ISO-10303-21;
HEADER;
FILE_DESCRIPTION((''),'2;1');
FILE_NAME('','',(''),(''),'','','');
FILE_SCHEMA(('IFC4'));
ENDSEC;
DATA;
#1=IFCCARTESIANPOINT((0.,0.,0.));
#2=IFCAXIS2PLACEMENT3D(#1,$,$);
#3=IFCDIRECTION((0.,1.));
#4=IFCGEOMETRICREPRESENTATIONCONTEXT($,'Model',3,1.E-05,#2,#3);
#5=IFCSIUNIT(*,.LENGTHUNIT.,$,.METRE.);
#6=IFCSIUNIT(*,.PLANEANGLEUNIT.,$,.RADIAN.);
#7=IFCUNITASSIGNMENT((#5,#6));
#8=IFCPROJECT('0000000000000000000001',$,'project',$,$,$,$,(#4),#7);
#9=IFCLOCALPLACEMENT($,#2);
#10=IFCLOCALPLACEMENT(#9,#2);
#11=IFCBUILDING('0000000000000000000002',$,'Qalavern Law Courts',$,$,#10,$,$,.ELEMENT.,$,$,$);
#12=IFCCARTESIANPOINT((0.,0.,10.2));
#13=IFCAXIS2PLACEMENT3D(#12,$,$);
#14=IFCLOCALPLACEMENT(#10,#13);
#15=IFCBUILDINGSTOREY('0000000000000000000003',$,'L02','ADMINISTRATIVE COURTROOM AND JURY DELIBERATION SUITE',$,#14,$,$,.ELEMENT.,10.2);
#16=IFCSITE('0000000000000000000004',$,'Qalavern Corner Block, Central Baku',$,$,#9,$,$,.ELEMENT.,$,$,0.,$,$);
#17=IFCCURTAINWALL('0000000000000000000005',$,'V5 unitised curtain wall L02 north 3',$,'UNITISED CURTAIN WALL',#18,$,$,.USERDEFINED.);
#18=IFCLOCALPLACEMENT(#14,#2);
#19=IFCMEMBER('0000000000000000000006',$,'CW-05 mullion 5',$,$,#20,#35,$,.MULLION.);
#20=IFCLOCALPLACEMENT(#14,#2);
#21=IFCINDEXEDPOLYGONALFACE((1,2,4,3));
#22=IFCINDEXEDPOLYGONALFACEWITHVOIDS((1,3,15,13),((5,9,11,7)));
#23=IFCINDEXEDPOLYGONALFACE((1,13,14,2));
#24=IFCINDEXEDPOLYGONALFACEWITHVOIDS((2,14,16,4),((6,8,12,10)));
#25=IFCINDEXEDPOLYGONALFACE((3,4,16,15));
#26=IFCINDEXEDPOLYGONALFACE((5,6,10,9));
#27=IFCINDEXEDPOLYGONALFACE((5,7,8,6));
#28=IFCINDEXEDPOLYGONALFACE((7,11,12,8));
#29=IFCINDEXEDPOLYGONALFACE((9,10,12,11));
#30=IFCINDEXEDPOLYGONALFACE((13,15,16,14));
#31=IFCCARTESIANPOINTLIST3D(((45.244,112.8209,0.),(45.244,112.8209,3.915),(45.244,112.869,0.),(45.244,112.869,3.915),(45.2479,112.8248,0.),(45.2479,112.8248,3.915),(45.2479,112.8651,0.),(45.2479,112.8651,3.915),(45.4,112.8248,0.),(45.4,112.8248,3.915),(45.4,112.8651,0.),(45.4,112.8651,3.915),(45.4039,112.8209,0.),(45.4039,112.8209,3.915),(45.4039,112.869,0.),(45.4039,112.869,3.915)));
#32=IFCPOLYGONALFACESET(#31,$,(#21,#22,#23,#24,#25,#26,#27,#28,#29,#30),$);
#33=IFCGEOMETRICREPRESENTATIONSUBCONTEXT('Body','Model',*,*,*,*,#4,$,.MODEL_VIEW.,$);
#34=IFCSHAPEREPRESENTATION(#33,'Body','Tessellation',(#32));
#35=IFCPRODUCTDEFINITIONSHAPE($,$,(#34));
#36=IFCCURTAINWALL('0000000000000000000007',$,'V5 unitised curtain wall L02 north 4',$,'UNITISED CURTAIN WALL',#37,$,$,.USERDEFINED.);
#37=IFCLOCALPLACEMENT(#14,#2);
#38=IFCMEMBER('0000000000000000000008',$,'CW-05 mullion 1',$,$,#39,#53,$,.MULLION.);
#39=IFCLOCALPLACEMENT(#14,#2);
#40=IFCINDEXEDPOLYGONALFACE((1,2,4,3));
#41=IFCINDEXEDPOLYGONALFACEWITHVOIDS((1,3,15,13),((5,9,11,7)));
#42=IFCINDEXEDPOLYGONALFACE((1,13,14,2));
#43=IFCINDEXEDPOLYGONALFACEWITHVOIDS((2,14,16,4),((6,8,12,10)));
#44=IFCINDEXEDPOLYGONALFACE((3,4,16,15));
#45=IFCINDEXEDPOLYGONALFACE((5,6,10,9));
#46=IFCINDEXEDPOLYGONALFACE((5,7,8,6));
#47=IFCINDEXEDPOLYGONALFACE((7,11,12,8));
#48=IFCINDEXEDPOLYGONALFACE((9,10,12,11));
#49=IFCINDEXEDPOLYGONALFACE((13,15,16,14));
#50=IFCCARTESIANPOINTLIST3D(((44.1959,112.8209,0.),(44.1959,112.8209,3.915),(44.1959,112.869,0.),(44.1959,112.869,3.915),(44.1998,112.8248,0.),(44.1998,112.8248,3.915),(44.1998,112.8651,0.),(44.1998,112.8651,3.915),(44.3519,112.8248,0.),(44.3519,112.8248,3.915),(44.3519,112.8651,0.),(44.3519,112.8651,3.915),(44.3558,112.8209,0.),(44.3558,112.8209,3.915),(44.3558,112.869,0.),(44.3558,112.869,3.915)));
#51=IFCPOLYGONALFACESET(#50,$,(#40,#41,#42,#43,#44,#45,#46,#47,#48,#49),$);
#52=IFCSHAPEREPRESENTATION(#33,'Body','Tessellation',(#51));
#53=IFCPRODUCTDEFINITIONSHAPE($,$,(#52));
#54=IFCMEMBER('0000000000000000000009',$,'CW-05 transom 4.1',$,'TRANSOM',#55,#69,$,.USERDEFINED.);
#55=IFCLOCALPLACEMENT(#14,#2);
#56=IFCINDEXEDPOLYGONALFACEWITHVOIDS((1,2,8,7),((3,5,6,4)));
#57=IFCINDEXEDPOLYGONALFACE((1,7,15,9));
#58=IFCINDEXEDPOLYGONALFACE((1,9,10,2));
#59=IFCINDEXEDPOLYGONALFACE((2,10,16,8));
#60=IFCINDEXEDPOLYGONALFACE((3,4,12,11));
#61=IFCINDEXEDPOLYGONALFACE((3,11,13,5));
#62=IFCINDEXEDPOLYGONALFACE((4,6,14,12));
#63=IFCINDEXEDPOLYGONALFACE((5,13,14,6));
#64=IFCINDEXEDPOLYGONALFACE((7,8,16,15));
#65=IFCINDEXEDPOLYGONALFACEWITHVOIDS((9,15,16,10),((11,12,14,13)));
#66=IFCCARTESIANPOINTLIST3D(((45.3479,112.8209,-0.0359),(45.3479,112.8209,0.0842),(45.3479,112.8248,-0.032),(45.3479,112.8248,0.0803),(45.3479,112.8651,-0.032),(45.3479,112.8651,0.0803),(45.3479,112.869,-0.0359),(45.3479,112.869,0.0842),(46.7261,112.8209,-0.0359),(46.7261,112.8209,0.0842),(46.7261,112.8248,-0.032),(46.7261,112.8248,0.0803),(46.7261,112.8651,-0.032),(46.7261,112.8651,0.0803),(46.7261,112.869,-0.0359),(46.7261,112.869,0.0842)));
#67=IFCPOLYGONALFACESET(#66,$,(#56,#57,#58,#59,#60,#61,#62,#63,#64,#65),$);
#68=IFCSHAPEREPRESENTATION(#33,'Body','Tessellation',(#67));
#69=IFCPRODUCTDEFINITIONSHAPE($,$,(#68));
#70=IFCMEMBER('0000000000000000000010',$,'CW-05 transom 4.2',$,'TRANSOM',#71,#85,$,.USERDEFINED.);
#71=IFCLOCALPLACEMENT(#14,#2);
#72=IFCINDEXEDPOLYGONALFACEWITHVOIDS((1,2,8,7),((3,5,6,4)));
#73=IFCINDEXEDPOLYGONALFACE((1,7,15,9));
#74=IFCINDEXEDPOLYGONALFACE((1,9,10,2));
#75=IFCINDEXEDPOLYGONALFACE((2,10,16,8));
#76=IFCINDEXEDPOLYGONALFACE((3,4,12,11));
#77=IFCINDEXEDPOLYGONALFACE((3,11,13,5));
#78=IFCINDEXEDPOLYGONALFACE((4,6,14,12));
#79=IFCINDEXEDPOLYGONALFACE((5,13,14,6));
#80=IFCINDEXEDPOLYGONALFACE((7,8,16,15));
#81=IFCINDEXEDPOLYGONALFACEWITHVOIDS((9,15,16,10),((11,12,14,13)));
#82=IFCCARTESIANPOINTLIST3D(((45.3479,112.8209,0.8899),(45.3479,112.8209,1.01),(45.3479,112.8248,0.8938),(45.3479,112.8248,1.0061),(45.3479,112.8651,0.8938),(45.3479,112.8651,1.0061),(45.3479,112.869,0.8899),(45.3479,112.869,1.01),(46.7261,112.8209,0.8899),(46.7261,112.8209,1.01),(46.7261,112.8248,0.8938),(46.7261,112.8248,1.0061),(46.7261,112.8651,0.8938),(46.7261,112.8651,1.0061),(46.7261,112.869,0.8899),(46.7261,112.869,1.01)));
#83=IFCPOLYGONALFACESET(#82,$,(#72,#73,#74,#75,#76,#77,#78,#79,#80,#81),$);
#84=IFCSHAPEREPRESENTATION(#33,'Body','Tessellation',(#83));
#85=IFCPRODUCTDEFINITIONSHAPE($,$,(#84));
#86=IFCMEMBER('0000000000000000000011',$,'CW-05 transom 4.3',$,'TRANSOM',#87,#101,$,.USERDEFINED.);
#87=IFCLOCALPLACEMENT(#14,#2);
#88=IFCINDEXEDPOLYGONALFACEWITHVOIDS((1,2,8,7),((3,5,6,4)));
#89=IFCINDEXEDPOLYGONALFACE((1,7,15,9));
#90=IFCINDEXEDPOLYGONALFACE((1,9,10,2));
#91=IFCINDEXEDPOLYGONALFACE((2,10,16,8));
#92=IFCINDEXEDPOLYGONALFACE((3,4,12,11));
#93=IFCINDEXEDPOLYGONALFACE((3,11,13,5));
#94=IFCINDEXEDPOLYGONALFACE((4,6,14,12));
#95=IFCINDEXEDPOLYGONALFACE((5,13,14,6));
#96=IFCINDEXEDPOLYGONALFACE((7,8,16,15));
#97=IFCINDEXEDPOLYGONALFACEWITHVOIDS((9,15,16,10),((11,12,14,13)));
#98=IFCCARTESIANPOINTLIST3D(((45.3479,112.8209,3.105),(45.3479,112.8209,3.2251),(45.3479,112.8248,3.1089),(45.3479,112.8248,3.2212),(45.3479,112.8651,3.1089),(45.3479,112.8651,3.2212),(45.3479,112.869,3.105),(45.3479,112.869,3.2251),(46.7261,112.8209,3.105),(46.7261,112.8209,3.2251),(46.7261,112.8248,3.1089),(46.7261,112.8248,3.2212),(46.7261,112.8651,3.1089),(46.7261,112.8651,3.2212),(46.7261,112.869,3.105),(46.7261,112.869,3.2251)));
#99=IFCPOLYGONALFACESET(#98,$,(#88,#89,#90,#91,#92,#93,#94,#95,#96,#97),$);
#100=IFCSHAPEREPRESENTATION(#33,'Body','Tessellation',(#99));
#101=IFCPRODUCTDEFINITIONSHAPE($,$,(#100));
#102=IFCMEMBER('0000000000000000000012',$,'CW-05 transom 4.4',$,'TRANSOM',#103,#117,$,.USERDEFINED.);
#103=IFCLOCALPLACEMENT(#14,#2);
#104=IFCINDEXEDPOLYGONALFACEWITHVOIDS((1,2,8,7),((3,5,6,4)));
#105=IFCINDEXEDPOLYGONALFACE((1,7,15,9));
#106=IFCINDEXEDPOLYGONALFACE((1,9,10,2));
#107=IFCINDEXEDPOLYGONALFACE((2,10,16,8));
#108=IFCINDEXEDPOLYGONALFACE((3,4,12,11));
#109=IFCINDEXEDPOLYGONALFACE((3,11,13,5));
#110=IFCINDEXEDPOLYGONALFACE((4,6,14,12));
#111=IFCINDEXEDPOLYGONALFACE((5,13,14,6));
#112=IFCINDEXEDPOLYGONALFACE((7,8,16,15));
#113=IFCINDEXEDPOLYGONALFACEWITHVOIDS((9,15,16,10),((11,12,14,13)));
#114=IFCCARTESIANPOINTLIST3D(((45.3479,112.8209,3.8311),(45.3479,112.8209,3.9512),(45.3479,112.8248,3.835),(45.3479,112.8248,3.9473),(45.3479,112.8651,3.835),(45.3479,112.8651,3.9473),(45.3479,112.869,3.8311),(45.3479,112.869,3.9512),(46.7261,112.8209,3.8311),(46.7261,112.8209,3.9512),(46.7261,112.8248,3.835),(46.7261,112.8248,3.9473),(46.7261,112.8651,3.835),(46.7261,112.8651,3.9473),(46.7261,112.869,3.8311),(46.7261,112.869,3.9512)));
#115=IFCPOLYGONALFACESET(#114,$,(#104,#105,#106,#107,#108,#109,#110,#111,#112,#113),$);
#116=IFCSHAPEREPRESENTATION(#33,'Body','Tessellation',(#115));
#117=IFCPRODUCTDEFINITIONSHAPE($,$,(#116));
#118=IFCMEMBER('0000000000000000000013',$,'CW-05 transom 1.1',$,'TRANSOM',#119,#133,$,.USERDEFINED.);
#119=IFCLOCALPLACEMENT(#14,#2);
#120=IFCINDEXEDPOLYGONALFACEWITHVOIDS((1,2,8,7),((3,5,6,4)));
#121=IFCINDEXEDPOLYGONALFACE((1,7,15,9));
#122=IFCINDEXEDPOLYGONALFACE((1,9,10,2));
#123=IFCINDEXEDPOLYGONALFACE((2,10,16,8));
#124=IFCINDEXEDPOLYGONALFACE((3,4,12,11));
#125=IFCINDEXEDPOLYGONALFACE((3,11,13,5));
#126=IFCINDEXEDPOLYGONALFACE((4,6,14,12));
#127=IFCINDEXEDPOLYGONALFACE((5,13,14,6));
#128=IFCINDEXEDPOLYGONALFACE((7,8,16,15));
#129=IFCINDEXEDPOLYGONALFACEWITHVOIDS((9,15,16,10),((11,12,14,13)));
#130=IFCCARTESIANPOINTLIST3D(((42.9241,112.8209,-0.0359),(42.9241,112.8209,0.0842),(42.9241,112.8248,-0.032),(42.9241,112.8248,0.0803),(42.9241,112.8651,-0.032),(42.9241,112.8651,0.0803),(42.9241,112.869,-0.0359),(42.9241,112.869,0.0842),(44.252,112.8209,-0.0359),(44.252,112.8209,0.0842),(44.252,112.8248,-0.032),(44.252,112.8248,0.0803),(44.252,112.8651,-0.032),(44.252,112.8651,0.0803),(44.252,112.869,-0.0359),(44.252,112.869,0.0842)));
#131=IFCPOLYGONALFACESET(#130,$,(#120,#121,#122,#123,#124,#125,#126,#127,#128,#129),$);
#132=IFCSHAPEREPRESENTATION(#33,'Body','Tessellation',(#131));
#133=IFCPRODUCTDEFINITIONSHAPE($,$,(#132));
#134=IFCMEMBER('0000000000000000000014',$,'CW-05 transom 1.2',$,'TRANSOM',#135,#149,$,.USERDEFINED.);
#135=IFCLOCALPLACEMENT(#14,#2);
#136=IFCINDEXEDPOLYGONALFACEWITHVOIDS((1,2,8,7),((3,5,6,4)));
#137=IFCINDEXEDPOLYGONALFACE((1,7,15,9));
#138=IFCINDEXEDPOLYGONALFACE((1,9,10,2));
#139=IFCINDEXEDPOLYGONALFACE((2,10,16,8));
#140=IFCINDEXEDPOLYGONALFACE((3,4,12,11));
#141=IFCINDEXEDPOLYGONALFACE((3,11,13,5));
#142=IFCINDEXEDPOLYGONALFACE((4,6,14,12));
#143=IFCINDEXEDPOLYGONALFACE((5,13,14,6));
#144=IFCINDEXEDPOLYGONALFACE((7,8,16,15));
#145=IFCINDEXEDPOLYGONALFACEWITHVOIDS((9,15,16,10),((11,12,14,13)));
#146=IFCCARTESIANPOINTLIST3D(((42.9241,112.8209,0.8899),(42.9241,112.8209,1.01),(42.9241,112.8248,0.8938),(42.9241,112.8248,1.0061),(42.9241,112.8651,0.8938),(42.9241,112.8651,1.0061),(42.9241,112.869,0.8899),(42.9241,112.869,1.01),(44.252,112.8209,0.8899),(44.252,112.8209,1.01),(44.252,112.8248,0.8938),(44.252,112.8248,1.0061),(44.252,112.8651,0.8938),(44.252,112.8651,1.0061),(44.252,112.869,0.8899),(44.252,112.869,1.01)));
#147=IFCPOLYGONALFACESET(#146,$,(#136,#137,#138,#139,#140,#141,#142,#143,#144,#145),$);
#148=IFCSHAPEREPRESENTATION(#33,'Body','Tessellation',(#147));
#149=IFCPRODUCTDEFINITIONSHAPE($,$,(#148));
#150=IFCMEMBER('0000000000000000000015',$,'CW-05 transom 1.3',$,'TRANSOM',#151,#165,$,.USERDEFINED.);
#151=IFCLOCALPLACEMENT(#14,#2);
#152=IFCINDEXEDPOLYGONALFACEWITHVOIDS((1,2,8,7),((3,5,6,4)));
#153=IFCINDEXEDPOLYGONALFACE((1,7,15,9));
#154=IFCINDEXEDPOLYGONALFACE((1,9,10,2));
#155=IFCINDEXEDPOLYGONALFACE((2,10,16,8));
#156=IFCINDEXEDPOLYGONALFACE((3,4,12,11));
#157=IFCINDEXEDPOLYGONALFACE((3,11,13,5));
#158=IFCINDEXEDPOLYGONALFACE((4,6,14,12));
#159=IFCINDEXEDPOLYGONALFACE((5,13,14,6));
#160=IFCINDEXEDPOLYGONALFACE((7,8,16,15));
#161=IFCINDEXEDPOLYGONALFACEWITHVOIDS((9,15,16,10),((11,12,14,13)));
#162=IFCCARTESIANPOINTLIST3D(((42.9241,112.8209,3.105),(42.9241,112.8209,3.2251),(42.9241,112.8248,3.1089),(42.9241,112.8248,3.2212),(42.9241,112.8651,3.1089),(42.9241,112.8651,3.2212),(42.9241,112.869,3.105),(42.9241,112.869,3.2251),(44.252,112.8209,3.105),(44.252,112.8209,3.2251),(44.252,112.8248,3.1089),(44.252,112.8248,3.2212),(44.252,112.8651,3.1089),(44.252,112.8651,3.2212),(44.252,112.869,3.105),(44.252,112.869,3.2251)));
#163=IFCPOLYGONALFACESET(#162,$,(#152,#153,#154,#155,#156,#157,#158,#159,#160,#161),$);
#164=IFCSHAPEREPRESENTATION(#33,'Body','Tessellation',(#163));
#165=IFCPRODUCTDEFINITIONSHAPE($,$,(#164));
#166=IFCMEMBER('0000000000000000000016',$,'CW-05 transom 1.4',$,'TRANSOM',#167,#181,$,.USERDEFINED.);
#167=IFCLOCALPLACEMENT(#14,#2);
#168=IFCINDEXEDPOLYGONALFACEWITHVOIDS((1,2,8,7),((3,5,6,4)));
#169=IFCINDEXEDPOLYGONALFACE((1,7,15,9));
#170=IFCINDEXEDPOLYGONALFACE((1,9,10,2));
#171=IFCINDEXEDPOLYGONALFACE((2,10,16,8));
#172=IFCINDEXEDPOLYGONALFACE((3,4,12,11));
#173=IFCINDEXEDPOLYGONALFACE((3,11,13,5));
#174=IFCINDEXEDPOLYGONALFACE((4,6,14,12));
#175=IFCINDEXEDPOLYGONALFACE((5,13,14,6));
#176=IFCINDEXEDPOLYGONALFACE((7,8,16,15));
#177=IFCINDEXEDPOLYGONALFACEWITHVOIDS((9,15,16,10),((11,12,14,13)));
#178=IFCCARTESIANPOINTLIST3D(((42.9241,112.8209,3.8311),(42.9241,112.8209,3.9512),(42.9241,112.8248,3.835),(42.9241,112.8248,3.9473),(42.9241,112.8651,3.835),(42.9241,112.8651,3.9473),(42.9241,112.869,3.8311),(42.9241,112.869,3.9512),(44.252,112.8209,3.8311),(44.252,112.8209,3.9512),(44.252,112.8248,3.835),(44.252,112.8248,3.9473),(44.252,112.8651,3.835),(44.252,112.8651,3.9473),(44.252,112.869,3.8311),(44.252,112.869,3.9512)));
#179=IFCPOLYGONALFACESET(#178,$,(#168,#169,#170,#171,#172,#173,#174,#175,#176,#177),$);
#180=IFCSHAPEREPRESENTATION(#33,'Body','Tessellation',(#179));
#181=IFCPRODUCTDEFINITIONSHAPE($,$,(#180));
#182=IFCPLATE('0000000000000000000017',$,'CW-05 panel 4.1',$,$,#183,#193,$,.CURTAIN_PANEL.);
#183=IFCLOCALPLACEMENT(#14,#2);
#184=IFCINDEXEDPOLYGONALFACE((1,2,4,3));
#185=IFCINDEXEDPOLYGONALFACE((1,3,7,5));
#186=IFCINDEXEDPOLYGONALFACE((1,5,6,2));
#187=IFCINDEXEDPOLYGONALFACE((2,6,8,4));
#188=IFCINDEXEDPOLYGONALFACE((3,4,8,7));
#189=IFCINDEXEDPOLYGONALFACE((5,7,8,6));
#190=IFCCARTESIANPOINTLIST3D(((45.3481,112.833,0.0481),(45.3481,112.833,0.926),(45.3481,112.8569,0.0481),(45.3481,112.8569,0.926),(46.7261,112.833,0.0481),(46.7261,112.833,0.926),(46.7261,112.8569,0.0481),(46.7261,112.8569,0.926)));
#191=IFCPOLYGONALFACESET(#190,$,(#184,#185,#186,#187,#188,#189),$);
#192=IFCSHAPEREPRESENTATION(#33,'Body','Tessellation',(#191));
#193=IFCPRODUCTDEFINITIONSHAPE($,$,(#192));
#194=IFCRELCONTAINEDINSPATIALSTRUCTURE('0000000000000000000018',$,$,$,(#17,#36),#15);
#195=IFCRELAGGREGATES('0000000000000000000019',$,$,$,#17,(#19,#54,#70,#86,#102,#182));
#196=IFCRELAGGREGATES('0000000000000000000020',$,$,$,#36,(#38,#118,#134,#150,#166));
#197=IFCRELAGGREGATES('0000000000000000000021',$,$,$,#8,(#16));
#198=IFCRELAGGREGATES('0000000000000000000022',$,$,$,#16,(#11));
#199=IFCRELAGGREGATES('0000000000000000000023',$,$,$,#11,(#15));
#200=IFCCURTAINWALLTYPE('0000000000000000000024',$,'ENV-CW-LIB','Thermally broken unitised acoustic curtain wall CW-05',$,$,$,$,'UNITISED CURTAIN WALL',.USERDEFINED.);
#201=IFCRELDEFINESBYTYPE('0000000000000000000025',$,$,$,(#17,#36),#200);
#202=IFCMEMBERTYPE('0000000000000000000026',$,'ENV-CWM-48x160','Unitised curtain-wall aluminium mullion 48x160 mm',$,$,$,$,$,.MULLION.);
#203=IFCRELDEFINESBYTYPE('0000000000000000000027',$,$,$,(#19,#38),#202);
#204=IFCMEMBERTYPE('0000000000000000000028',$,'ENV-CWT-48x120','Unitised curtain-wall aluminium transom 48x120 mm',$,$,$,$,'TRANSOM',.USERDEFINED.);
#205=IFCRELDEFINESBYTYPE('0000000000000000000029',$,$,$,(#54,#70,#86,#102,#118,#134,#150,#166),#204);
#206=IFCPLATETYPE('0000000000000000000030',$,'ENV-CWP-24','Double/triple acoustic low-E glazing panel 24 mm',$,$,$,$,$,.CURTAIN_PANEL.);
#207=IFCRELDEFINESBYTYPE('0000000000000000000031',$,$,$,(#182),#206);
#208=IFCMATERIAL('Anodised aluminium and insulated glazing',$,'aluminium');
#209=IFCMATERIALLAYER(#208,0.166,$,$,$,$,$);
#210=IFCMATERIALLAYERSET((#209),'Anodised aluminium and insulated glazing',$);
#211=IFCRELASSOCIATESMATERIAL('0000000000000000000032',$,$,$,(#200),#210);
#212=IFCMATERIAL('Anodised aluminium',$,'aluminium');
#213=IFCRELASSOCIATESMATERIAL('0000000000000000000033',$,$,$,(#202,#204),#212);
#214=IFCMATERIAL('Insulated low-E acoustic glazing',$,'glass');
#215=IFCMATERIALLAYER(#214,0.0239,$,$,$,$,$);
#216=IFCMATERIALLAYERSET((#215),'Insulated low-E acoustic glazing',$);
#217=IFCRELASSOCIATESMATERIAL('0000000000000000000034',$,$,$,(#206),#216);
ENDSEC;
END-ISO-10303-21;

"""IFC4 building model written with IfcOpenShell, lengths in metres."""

from ifc_helpers import new_model, si_unit, direction, frame, origin, origin_2d, place, context, subcontext, project, spatial, rectangle, hollow_rectangle, extrude, material, layer, layer_set, material_profile, profile_set, type_object, element, aggregate, save


model = new_model("IFC4")

# Units and contexts
model_context = context("Model", 3, precision=1e-05, world=origin(), true_north=direction((0.0, 1.0)))
body_context = subcontext(model_context, "Body", "Model", "MODEL_VIEW")
ifc_project = project(units=[si_unit("LENGTHUNIT", "METRE"), si_unit("PLANEANGLEUNIT", "RADIAN")], contexts=[model_context])

# Site, building, storey
site_placement = place(None, origin())
site = spatial("IfcSite", under=ifc_project, at=site_placement, Name="Qalavern Corner Block, Central Baku", CompositionType="ELEMENT", RefElevation=0.0)
building_placement = place(site_placement, origin())
building = spatial("IfcBuilding", under=site, at=building_placement, Name="Qalavern Law Courts", CompositionType="ELEMENT")
storey_placement = place(building_placement, frame((0.0, 0.0, 10.2)))
storey = spatial("IfcBuildingStorey", under=building, at=storey_placement, Name="L02", Description="ADMINISTRATIVE COURTROOM AND JURY DELIBERATION SUITE", CompositionType="ELEMENT", Elevation=10.2)

# Curtain walls, members
ifc_material_1 = material(Name="Anodised aluminium and insulated glazing", Category="aluminium")
ifc_layer_1 = layer(ifc_material_1, 0.166)
ifc_layer_set_1 = layer_set([ifc_layer_1], Name="Anodised aluminium and insulated glazing")
curtain_wall_type = type_object("IfcCurtainWallType", Name="ENV-CW-LIB", Description="Thermally broken unitised acoustic curtain wall CW-05", ElementType="UNITISED CURTAIN WALL", PredefinedType="USERDEFINED", material=ifc_layer_set_1)
curtain_wall_1_placement = place(storey_placement, origin())
curtain_wall_1 = element("IfcCurtainWall", 1, at=curtain_wall_1_placement, inside=storey, type_object=curtain_wall_type, Name="V5 unitised curtain wall L02 north 3", ObjectType="UNITISED CURTAIN WALL", PredefinedType="USERDEFINED")
ifc_material_2 = material(Name="Anodised aluminium", Category="aluminium")
ifc_material_profile_1 = material_profile(ifc_material_2, hollow_rectangle(XDim=0.0481, YDim=0.1599, WallThickness=0.0039, at=origin_2d()), Name="ALU MULLION 48x160")
ifc_profile_set_1 = profile_set([ifc_material_profile_1], Name="Anodised aluminium")
member_type_1 = type_object("IfcMemberType", Name="ENV-CWM-48x160", Description="Unitised curtain-wall aluminium mullion 48x160 mm", PredefinedType="MULLION", material=ifc_profile_set_1)
member_1_placement = place(storey_placement, frame((45.324, 112.845, 0.0), z_axis=(0.0, 0.0, 1.0), x_axis=(0.0, -1.0, 0.0)))
member_1 = element("IfcMember", 2, at=member_1_placement, type_object=member_type_1, Name="CW-05 mullion 5", PredefinedType="MULLION", context=body_context, shape_type="SweptSolid", body=[
    extrude(hollow_rectangle(XDim=0.0481, YDim=0.1599, WallThickness=0.0039, at=origin_2d()), origin(), (0.0, 0.0, 1.0), 3.915),
])
curtain_wall_2_placement = place(storey_placement, origin())
curtain_wall_2 = element("IfcCurtainWall", 3, at=curtain_wall_2_placement, inside=storey, type_object=curtain_wall_type, Name="V5 unitised curtain wall L02 north 4", ObjectType="UNITISED CURTAIN WALL", PredefinedType="USERDEFINED")
member_2_placement = place(storey_placement, frame((44.2759, 112.845, 0.0), z_axis=(0.0, 0.0, 1.0), x_axis=(0.0, -1.0, 0.0)))
member_2 = element("IfcMember", 4, at=member_2_placement, type_object=member_type_1, Name="CW-05 mullion 1", PredefinedType="MULLION", context=body_context, shape_type="SweptSolid", body=[
    extrude(hollow_rectangle(XDim=0.0481, YDim=0.1599, WallThickness=0.0039, at=origin_2d()), origin(), (0.0, 0.0, 1.0), 3.915),
])

# Members
ifc_material_profile_2 = material_profile(ifc_material_2, hollow_rectangle(XDim=0.0481, YDim=0.1201, WallThickness=0.0039, at=origin_2d()), Name="ALU TRANSOM 48x120")
ifc_profile_set_2 = profile_set([ifc_material_profile_2], Name="Anodised aluminium")
member_type_2 = type_object("IfcMemberType", Name="ENV-CWT-48x120", Description="Unitised curtain-wall aluminium transom 48x120 mm", ElementType="TRANSOM", PredefinedType="USERDEFINED", material=ifc_profile_set_2)
member_3_placement = place(storey_placement, frame((46.7261, 112.845, 0.0242), z_axis=(-1.0, 0.0, 0.0), x_axis=(0.0, -1.0, 0.0)))
member_3 = element("IfcMember", 5, at=member_3_placement, type_object=member_type_2, Name="CW-05 transom 4.1", ObjectType="TRANSOM", PredefinedType="USERDEFINED", context=body_context, shape_type="SweptSolid", body=[
    extrude(hollow_rectangle(XDim=0.0481, YDim=0.1201, WallThickness=0.0039, at=origin_2d()), origin(), (0.0, 0.0, 1.0), 1.3782),
])
member_4_placement = place(storey_placement, frame((46.7261, 112.845, 0.95), z_axis=(-1.0, 0.0, 0.0), x_axis=(0.0, -1.0, 0.0)))
member_4 = element("IfcMember", 6, at=member_4_placement, type_object=member_type_2, Name="CW-05 transom 4.2", ObjectType="TRANSOM", PredefinedType="USERDEFINED", context=body_context, shape_type="SweptSolid", body=[
    extrude(hollow_rectangle(XDim=0.0481, YDim=0.1201, WallThickness=0.0039, at=origin_2d()), origin(), (0.0, 0.0, 1.0), 1.3782),
])
member_5_placement = place(storey_placement, frame((46.7261, 112.845, 3.165), z_axis=(-1.0, 0.0, 0.0), x_axis=(0.0, -1.0, 0.0)))
member_5 = element("IfcMember", 7, at=member_5_placement, type_object=member_type_2, Name="CW-05 transom 4.3", ObjectType="TRANSOM", PredefinedType="USERDEFINED", context=body_context, shape_type="SweptSolid", body=[
    extrude(hollow_rectangle(XDim=0.0481, YDim=0.1201, WallThickness=0.0039, at=origin_2d()), origin(), (0.0, 0.0, 1.0), 1.3782),
])
member_6_placement = place(storey_placement, frame((46.7261, 112.845, 3.8911), z_axis=(-1.0, 0.0, 0.0), x_axis=(0.0, -1.0, 0.0)))
member_6 = element("IfcMember", 8, at=member_6_placement, type_object=member_type_2, Name="CW-05 transom 4.4", ObjectType="TRANSOM", PredefinedType="USERDEFINED", context=body_context, shape_type="SweptSolid", body=[
    extrude(hollow_rectangle(XDim=0.0481, YDim=0.1201, WallThickness=0.0039, at=origin_2d()), origin(), (0.0, 0.0, 1.0), 1.3782),
])
member_7_placement = place(storey_placement, frame((44.252, 112.845, 0.0242), z_axis=(-1.0, 0.0, 0.0), x_axis=(0.0, -1.0, 0.0)))
member_7 = element("IfcMember", 9, at=member_7_placement, type_object=member_type_2, Name="CW-05 transom 1.1", ObjectType="TRANSOM", PredefinedType="USERDEFINED", context=body_context, shape_type="SweptSolid", body=[
    extrude(hollow_rectangle(XDim=0.0481, YDim=0.1201, WallThickness=0.0039, at=origin_2d()), origin(), (0.0, 0.0, 1.0), 1.3279),
])
member_8_placement = place(storey_placement, frame((44.252, 112.845, 0.95), z_axis=(-1.0, 0.0, 0.0), x_axis=(0.0, -1.0, 0.0)))
member_8 = element("IfcMember", 10, at=member_8_placement, type_object=member_type_2, Name="CW-05 transom 1.2", ObjectType="TRANSOM", PredefinedType="USERDEFINED", context=body_context, shape_type="SweptSolid", body=[
    extrude(hollow_rectangle(XDim=0.0481, YDim=0.1201, WallThickness=0.0039, at=origin_2d()), origin(), (0.0, 0.0, 1.0), 1.3279),
])
member_9_placement = place(storey_placement, frame((44.252, 112.845, 3.165), z_axis=(-1.0, 0.0, 0.0), x_axis=(0.0, -1.0, 0.0)))
member_9 = element("IfcMember", 11, at=member_9_placement, type_object=member_type_2, Name="CW-05 transom 1.3", ObjectType="TRANSOM", PredefinedType="USERDEFINED", context=body_context, shape_type="SweptSolid", body=[
    extrude(hollow_rectangle(XDim=0.0481, YDim=0.1201, WallThickness=0.0039, at=origin_2d()), origin(), (0.0, 0.0, 1.0), 1.3279),
])
member_10_placement = place(storey_placement, frame((44.252, 112.845, 3.8911), z_axis=(-1.0, 0.0, 0.0), x_axis=(0.0, -1.0, 0.0)))
member_10 = element("IfcMember", 12, at=member_10_placement, type_object=member_type_2, Name="CW-05 transom 1.4", ObjectType="TRANSOM", PredefinedType="USERDEFINED", context=body_context, shape_type="SweptSolid", body=[
    extrude(hollow_rectangle(XDim=0.0481, YDim=0.1201, WallThickness=0.0039, at=origin_2d()), origin(), (0.0, 0.0, 1.0), 1.3279),
])

# Plate
ifc_material_3 = material(Name="Insulated low-E acoustic glazing", Category="glass")
ifc_layer_2 = layer(ifc_material_3, 0.0239)
ifc_layer_set_2 = layer_set([ifc_layer_2], Name="Insulated low-E acoustic glazing")
plate_type_1 = type_object("IfcPlateType", Name="ENV-CWP-24", Description="Double/triple acoustic low-E glazing panel 24 mm", PredefinedType="CURTAIN_PANEL", material=ifc_layer_set_2)
plate_1_placement = place(storey_placement, frame((46.0371, 112.845, 0.0481), z_axis=(0.0, 0.0, 1.0), x_axis=(-1.0, 0.0, 0.0)))
plate_1 = element("IfcPlate", 13, at=plate_1_placement, type_object=plate_type_1, Name="CW-05 panel 4.1", PredefinedType="CURTAIN_PANEL", context=body_context, shape_type="SweptSolid", body=[
    extrude(rectangle(XDim=1.3779, YDim=0.0239, at=origin_2d()), origin(), (0.0, 0.0, 1.0), 0.8779),
])
aggregate(curtain_wall_1, [member_1, member_3, member_4, member_5, member_6, plate_1])
aggregate(curtain_wall_2, [member_2, member_7, member_8, member_9, member_10])

save(model, "model.ifc")
